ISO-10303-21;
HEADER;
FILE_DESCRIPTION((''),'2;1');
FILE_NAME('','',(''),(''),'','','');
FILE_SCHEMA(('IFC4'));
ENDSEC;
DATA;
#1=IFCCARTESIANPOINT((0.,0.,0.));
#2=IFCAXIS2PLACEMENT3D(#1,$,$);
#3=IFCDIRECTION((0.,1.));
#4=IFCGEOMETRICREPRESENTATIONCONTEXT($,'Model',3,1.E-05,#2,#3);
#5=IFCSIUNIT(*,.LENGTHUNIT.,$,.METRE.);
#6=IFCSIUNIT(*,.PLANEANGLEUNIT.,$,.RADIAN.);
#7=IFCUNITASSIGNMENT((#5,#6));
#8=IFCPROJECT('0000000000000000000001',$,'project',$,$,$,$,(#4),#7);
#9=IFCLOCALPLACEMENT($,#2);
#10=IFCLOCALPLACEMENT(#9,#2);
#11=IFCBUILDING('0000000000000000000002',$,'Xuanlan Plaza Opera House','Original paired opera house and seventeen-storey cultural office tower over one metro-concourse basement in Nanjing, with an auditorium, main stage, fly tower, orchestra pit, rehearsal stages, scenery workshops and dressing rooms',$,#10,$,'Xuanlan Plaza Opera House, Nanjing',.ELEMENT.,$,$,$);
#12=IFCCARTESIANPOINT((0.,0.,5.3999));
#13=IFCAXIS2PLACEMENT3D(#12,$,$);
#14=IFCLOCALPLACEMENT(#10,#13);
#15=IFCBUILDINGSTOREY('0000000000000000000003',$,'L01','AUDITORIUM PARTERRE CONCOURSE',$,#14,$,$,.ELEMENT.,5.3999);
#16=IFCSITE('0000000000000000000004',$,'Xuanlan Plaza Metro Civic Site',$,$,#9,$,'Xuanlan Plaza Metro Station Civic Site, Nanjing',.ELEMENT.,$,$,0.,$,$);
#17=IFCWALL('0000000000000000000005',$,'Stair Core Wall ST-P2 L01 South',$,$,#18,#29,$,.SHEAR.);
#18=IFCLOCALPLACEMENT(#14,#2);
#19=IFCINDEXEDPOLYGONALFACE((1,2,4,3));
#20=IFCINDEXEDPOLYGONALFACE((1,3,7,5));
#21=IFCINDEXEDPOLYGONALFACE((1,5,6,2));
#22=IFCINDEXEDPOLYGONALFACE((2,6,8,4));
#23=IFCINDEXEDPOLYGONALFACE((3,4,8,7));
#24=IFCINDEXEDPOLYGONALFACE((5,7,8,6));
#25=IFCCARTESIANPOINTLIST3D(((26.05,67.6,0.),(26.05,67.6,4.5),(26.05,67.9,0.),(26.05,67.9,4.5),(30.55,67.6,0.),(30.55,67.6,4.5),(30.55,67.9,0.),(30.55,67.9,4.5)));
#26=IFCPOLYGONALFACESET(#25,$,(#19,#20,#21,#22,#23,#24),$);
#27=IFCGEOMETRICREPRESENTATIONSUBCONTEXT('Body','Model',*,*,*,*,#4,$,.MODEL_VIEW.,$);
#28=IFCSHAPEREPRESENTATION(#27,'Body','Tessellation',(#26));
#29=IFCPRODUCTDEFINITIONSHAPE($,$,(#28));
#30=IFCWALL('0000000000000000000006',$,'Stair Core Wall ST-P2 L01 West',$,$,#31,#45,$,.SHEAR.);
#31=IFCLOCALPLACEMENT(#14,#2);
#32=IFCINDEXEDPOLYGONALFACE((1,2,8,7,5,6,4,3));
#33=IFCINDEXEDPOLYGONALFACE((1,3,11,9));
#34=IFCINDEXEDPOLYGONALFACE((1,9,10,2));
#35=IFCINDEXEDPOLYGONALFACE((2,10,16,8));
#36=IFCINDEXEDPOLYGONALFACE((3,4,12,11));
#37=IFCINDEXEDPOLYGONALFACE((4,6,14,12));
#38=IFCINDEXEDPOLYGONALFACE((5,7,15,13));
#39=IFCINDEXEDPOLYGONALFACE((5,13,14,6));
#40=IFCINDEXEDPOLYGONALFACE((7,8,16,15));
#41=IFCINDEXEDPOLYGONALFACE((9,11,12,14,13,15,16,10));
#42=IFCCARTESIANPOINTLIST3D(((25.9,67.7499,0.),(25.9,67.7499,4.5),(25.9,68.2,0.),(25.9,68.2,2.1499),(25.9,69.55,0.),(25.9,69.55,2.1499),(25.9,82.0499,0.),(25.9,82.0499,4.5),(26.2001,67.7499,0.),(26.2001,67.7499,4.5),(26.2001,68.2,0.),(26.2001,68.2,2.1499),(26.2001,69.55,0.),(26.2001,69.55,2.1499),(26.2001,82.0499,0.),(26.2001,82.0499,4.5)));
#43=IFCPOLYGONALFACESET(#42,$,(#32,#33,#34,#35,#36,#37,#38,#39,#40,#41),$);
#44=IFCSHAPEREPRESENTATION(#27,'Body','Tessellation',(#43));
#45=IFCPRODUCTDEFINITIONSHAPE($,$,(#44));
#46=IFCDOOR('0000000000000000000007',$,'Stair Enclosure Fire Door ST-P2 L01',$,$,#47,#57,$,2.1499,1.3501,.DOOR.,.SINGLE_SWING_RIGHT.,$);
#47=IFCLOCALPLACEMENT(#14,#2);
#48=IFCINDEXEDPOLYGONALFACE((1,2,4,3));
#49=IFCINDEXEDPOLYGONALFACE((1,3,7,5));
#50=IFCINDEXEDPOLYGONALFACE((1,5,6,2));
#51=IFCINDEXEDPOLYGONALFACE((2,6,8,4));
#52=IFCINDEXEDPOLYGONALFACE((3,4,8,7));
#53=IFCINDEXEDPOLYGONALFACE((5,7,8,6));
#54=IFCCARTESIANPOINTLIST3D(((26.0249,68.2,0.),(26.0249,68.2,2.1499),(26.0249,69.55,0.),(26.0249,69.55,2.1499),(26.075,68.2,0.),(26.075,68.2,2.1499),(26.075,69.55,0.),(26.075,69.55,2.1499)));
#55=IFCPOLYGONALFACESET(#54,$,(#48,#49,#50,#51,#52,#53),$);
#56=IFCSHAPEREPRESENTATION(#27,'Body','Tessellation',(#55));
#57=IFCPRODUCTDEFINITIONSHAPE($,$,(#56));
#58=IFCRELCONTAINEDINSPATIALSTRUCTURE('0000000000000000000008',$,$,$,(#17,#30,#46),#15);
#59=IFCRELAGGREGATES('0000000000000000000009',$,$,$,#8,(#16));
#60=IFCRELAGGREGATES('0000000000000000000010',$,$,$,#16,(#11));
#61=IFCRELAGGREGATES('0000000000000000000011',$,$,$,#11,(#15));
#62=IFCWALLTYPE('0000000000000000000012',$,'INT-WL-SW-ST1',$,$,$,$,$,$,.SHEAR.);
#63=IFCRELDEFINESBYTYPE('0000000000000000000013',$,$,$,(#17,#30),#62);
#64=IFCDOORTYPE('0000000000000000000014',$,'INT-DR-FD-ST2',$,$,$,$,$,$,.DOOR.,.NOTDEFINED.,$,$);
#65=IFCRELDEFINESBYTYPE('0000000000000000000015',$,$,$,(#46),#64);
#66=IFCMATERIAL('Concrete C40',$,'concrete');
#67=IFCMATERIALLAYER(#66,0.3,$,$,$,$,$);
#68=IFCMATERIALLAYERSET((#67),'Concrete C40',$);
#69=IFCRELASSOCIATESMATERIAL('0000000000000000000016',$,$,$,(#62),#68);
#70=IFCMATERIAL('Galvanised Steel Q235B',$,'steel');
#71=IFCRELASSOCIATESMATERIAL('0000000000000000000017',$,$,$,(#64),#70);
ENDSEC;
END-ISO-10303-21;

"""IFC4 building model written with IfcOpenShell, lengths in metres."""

from ifc_helpers import new_model, si_unit, direction, frame, frame_2d, origin, place, context, subcontext, project, spatial, rectangle, extrude, material, layer, layer_set, type_object, element, fill, save


model = new_model("IFC4")

# Units and contexts
model_context = context("Model", 3, precision=1e-05, world=origin(), true_north=direction((0.0, 1.0)))
body_context = subcontext(model_context, "Body", "Model", "MODEL_VIEW")
ifc_project = project(units=[si_unit("LENGTHUNIT", "METRE"), si_unit("PLANEANGLEUNIT", "RADIAN")], contexts=[model_context])

# Site, building, storey
site_placement = place(None, origin())
site = spatial("IfcSite", under=ifc_project, at=site_placement, Name="Xuanlan Plaza Metro Civic Site", LongName="Xuanlan Plaza Metro Station Civic Site, Nanjing", CompositionType="ELEMENT", RefElevation=0.0)
building_placement = place(site_placement, origin())
building = spatial("IfcBuilding", under=site, at=building_placement, Name="Xuanlan Plaza Opera House", Description="Original paired opera house and seventeen-storey cultural office tower over one metro-concourse basement in Nanjing, with an auditorium, main stage, fly tower, orchestra pit, rehearsal stages, scenery workshops and dressing rooms", LongName="Xuanlan Plaza Opera House, Nanjing", CompositionType="ELEMENT")
storey_placement = place(building_placement, frame((0.0, 0.0, 5.3999)))
storey = spatial("IfcBuildingStorey", under=building, at=storey_placement, Name="L01", Description="AUDITORIUM PARTERRE CONCOURSE", CompositionType="ELEMENT", Elevation=5.3999)

# Shared definitions
ifc_material_1 = material(Name="Concrete C40", Category="concrete")

# Wall
ifc_layer = layer(ifc_material_1, 0.3)
ifc_layer_set = layer_set([ifc_layer], Name="Concrete C40")
wall_type = type_object("IfcWallType", Name="INT-WL-SW-ST1", PredefinedType="SHEAR", material=ifc_layer_set)
wall_1_placement = place(storey_placement, frame((26.05, 67.75, 0.0), z_axis=(0.0, 0.0, 1.0), x_axis=(1.0, 0.0, 0.0)))
element("IfcWall", 1, at=wall_1_placement, inside=storey, type_object=wall_type, Name="Stair Core Wall ST-P2 L01 South", PredefinedType="SHEAR", context=body_context, shape_type="SweptSolid", body=[
    extrude(rectangle(XDim=4.5, YDim=0.3, at=frame_2d((2.25, 0.0))), origin(), (0.0, 0.0, 1.0), 4.5),
])

# Wall, opening, door
wall_2_placement = place(storey_placement, frame((26.05, 67.75, 0.0), z_axis=(0.0, 0.0, 1.0), x_axis=(0.0, 1.0, 0.0)))
wall_2 = element("IfcWall", 2, at=wall_2_placement, inside=storey, type_object=wall_type, Name="Stair Core Wall ST-P2 L01 West", PredefinedType="SHEAR", context=body_context, shape_type="SweptSolid", body=[
    extrude(rectangle(XDim=14.3, YDim=0.3, at=frame_2d((7.1499, 0.0))), origin(), (0.0, 0.0, 1.0), 4.5),
])
opening_placement = place(wall_2_placement, frame((0.45, 0.0, 0.0)))
opening = element("IfcOpeningElement", 3, at=opening_placement, cuts=wall_2, PredefinedType="OPENING", context=body_context, shape_type="SweptSolid", body=[
    extrude(rectangle(XDim=1.3501, YDim=2.1499, at=frame_2d((0.675, 1.075))), frame((0.0, 0.1599, 0.0), z_axis=(0.0, -1.0, 0.0), x_axis=(1.0, 0.0, 0.0)), (0.0, 0.0, 1.0), 0.3201),
])
ifc_material_2 = material(Name="Galvanised Steel Q235B", Category="steel")
door_type = type_object("IfcDoorType", Name="INT-DR-FD-ST2", OperationType="NOTDEFINED", PredefinedType="DOOR", material=ifc_material_2)
door_placement = place(opening_placement, frame((1.3501, 0.0, 0.0), z_axis=(0.0, 0.0, 1.0), x_axis=(-1.0, 0.0, 0.0)))
door = element("IfcDoor", 4, at=door_placement, inside=storey, type_object=door_type, Name="Stair Enclosure Fire Door ST-P2 L01", OperationType="SINGLE_SWING_RIGHT", OverallHeight=2.1499, OverallWidth=1.3501, PredefinedType="DOOR", context=body_context, shape_type="SweptSolid", body=[
    extrude(rectangle(XDim=1.3501, YDim=2.1499, at=frame_2d((0.675, 1.075))), frame((0.0, 0.0249, 0.0), z_axis=(0.0, -1.0, 0.0), x_axis=(1.0, 0.0, 0.0)), (0.0, 0.0, 1.0), 0.05),
])
fill(opening, door)

save(model, "model.ifc")
